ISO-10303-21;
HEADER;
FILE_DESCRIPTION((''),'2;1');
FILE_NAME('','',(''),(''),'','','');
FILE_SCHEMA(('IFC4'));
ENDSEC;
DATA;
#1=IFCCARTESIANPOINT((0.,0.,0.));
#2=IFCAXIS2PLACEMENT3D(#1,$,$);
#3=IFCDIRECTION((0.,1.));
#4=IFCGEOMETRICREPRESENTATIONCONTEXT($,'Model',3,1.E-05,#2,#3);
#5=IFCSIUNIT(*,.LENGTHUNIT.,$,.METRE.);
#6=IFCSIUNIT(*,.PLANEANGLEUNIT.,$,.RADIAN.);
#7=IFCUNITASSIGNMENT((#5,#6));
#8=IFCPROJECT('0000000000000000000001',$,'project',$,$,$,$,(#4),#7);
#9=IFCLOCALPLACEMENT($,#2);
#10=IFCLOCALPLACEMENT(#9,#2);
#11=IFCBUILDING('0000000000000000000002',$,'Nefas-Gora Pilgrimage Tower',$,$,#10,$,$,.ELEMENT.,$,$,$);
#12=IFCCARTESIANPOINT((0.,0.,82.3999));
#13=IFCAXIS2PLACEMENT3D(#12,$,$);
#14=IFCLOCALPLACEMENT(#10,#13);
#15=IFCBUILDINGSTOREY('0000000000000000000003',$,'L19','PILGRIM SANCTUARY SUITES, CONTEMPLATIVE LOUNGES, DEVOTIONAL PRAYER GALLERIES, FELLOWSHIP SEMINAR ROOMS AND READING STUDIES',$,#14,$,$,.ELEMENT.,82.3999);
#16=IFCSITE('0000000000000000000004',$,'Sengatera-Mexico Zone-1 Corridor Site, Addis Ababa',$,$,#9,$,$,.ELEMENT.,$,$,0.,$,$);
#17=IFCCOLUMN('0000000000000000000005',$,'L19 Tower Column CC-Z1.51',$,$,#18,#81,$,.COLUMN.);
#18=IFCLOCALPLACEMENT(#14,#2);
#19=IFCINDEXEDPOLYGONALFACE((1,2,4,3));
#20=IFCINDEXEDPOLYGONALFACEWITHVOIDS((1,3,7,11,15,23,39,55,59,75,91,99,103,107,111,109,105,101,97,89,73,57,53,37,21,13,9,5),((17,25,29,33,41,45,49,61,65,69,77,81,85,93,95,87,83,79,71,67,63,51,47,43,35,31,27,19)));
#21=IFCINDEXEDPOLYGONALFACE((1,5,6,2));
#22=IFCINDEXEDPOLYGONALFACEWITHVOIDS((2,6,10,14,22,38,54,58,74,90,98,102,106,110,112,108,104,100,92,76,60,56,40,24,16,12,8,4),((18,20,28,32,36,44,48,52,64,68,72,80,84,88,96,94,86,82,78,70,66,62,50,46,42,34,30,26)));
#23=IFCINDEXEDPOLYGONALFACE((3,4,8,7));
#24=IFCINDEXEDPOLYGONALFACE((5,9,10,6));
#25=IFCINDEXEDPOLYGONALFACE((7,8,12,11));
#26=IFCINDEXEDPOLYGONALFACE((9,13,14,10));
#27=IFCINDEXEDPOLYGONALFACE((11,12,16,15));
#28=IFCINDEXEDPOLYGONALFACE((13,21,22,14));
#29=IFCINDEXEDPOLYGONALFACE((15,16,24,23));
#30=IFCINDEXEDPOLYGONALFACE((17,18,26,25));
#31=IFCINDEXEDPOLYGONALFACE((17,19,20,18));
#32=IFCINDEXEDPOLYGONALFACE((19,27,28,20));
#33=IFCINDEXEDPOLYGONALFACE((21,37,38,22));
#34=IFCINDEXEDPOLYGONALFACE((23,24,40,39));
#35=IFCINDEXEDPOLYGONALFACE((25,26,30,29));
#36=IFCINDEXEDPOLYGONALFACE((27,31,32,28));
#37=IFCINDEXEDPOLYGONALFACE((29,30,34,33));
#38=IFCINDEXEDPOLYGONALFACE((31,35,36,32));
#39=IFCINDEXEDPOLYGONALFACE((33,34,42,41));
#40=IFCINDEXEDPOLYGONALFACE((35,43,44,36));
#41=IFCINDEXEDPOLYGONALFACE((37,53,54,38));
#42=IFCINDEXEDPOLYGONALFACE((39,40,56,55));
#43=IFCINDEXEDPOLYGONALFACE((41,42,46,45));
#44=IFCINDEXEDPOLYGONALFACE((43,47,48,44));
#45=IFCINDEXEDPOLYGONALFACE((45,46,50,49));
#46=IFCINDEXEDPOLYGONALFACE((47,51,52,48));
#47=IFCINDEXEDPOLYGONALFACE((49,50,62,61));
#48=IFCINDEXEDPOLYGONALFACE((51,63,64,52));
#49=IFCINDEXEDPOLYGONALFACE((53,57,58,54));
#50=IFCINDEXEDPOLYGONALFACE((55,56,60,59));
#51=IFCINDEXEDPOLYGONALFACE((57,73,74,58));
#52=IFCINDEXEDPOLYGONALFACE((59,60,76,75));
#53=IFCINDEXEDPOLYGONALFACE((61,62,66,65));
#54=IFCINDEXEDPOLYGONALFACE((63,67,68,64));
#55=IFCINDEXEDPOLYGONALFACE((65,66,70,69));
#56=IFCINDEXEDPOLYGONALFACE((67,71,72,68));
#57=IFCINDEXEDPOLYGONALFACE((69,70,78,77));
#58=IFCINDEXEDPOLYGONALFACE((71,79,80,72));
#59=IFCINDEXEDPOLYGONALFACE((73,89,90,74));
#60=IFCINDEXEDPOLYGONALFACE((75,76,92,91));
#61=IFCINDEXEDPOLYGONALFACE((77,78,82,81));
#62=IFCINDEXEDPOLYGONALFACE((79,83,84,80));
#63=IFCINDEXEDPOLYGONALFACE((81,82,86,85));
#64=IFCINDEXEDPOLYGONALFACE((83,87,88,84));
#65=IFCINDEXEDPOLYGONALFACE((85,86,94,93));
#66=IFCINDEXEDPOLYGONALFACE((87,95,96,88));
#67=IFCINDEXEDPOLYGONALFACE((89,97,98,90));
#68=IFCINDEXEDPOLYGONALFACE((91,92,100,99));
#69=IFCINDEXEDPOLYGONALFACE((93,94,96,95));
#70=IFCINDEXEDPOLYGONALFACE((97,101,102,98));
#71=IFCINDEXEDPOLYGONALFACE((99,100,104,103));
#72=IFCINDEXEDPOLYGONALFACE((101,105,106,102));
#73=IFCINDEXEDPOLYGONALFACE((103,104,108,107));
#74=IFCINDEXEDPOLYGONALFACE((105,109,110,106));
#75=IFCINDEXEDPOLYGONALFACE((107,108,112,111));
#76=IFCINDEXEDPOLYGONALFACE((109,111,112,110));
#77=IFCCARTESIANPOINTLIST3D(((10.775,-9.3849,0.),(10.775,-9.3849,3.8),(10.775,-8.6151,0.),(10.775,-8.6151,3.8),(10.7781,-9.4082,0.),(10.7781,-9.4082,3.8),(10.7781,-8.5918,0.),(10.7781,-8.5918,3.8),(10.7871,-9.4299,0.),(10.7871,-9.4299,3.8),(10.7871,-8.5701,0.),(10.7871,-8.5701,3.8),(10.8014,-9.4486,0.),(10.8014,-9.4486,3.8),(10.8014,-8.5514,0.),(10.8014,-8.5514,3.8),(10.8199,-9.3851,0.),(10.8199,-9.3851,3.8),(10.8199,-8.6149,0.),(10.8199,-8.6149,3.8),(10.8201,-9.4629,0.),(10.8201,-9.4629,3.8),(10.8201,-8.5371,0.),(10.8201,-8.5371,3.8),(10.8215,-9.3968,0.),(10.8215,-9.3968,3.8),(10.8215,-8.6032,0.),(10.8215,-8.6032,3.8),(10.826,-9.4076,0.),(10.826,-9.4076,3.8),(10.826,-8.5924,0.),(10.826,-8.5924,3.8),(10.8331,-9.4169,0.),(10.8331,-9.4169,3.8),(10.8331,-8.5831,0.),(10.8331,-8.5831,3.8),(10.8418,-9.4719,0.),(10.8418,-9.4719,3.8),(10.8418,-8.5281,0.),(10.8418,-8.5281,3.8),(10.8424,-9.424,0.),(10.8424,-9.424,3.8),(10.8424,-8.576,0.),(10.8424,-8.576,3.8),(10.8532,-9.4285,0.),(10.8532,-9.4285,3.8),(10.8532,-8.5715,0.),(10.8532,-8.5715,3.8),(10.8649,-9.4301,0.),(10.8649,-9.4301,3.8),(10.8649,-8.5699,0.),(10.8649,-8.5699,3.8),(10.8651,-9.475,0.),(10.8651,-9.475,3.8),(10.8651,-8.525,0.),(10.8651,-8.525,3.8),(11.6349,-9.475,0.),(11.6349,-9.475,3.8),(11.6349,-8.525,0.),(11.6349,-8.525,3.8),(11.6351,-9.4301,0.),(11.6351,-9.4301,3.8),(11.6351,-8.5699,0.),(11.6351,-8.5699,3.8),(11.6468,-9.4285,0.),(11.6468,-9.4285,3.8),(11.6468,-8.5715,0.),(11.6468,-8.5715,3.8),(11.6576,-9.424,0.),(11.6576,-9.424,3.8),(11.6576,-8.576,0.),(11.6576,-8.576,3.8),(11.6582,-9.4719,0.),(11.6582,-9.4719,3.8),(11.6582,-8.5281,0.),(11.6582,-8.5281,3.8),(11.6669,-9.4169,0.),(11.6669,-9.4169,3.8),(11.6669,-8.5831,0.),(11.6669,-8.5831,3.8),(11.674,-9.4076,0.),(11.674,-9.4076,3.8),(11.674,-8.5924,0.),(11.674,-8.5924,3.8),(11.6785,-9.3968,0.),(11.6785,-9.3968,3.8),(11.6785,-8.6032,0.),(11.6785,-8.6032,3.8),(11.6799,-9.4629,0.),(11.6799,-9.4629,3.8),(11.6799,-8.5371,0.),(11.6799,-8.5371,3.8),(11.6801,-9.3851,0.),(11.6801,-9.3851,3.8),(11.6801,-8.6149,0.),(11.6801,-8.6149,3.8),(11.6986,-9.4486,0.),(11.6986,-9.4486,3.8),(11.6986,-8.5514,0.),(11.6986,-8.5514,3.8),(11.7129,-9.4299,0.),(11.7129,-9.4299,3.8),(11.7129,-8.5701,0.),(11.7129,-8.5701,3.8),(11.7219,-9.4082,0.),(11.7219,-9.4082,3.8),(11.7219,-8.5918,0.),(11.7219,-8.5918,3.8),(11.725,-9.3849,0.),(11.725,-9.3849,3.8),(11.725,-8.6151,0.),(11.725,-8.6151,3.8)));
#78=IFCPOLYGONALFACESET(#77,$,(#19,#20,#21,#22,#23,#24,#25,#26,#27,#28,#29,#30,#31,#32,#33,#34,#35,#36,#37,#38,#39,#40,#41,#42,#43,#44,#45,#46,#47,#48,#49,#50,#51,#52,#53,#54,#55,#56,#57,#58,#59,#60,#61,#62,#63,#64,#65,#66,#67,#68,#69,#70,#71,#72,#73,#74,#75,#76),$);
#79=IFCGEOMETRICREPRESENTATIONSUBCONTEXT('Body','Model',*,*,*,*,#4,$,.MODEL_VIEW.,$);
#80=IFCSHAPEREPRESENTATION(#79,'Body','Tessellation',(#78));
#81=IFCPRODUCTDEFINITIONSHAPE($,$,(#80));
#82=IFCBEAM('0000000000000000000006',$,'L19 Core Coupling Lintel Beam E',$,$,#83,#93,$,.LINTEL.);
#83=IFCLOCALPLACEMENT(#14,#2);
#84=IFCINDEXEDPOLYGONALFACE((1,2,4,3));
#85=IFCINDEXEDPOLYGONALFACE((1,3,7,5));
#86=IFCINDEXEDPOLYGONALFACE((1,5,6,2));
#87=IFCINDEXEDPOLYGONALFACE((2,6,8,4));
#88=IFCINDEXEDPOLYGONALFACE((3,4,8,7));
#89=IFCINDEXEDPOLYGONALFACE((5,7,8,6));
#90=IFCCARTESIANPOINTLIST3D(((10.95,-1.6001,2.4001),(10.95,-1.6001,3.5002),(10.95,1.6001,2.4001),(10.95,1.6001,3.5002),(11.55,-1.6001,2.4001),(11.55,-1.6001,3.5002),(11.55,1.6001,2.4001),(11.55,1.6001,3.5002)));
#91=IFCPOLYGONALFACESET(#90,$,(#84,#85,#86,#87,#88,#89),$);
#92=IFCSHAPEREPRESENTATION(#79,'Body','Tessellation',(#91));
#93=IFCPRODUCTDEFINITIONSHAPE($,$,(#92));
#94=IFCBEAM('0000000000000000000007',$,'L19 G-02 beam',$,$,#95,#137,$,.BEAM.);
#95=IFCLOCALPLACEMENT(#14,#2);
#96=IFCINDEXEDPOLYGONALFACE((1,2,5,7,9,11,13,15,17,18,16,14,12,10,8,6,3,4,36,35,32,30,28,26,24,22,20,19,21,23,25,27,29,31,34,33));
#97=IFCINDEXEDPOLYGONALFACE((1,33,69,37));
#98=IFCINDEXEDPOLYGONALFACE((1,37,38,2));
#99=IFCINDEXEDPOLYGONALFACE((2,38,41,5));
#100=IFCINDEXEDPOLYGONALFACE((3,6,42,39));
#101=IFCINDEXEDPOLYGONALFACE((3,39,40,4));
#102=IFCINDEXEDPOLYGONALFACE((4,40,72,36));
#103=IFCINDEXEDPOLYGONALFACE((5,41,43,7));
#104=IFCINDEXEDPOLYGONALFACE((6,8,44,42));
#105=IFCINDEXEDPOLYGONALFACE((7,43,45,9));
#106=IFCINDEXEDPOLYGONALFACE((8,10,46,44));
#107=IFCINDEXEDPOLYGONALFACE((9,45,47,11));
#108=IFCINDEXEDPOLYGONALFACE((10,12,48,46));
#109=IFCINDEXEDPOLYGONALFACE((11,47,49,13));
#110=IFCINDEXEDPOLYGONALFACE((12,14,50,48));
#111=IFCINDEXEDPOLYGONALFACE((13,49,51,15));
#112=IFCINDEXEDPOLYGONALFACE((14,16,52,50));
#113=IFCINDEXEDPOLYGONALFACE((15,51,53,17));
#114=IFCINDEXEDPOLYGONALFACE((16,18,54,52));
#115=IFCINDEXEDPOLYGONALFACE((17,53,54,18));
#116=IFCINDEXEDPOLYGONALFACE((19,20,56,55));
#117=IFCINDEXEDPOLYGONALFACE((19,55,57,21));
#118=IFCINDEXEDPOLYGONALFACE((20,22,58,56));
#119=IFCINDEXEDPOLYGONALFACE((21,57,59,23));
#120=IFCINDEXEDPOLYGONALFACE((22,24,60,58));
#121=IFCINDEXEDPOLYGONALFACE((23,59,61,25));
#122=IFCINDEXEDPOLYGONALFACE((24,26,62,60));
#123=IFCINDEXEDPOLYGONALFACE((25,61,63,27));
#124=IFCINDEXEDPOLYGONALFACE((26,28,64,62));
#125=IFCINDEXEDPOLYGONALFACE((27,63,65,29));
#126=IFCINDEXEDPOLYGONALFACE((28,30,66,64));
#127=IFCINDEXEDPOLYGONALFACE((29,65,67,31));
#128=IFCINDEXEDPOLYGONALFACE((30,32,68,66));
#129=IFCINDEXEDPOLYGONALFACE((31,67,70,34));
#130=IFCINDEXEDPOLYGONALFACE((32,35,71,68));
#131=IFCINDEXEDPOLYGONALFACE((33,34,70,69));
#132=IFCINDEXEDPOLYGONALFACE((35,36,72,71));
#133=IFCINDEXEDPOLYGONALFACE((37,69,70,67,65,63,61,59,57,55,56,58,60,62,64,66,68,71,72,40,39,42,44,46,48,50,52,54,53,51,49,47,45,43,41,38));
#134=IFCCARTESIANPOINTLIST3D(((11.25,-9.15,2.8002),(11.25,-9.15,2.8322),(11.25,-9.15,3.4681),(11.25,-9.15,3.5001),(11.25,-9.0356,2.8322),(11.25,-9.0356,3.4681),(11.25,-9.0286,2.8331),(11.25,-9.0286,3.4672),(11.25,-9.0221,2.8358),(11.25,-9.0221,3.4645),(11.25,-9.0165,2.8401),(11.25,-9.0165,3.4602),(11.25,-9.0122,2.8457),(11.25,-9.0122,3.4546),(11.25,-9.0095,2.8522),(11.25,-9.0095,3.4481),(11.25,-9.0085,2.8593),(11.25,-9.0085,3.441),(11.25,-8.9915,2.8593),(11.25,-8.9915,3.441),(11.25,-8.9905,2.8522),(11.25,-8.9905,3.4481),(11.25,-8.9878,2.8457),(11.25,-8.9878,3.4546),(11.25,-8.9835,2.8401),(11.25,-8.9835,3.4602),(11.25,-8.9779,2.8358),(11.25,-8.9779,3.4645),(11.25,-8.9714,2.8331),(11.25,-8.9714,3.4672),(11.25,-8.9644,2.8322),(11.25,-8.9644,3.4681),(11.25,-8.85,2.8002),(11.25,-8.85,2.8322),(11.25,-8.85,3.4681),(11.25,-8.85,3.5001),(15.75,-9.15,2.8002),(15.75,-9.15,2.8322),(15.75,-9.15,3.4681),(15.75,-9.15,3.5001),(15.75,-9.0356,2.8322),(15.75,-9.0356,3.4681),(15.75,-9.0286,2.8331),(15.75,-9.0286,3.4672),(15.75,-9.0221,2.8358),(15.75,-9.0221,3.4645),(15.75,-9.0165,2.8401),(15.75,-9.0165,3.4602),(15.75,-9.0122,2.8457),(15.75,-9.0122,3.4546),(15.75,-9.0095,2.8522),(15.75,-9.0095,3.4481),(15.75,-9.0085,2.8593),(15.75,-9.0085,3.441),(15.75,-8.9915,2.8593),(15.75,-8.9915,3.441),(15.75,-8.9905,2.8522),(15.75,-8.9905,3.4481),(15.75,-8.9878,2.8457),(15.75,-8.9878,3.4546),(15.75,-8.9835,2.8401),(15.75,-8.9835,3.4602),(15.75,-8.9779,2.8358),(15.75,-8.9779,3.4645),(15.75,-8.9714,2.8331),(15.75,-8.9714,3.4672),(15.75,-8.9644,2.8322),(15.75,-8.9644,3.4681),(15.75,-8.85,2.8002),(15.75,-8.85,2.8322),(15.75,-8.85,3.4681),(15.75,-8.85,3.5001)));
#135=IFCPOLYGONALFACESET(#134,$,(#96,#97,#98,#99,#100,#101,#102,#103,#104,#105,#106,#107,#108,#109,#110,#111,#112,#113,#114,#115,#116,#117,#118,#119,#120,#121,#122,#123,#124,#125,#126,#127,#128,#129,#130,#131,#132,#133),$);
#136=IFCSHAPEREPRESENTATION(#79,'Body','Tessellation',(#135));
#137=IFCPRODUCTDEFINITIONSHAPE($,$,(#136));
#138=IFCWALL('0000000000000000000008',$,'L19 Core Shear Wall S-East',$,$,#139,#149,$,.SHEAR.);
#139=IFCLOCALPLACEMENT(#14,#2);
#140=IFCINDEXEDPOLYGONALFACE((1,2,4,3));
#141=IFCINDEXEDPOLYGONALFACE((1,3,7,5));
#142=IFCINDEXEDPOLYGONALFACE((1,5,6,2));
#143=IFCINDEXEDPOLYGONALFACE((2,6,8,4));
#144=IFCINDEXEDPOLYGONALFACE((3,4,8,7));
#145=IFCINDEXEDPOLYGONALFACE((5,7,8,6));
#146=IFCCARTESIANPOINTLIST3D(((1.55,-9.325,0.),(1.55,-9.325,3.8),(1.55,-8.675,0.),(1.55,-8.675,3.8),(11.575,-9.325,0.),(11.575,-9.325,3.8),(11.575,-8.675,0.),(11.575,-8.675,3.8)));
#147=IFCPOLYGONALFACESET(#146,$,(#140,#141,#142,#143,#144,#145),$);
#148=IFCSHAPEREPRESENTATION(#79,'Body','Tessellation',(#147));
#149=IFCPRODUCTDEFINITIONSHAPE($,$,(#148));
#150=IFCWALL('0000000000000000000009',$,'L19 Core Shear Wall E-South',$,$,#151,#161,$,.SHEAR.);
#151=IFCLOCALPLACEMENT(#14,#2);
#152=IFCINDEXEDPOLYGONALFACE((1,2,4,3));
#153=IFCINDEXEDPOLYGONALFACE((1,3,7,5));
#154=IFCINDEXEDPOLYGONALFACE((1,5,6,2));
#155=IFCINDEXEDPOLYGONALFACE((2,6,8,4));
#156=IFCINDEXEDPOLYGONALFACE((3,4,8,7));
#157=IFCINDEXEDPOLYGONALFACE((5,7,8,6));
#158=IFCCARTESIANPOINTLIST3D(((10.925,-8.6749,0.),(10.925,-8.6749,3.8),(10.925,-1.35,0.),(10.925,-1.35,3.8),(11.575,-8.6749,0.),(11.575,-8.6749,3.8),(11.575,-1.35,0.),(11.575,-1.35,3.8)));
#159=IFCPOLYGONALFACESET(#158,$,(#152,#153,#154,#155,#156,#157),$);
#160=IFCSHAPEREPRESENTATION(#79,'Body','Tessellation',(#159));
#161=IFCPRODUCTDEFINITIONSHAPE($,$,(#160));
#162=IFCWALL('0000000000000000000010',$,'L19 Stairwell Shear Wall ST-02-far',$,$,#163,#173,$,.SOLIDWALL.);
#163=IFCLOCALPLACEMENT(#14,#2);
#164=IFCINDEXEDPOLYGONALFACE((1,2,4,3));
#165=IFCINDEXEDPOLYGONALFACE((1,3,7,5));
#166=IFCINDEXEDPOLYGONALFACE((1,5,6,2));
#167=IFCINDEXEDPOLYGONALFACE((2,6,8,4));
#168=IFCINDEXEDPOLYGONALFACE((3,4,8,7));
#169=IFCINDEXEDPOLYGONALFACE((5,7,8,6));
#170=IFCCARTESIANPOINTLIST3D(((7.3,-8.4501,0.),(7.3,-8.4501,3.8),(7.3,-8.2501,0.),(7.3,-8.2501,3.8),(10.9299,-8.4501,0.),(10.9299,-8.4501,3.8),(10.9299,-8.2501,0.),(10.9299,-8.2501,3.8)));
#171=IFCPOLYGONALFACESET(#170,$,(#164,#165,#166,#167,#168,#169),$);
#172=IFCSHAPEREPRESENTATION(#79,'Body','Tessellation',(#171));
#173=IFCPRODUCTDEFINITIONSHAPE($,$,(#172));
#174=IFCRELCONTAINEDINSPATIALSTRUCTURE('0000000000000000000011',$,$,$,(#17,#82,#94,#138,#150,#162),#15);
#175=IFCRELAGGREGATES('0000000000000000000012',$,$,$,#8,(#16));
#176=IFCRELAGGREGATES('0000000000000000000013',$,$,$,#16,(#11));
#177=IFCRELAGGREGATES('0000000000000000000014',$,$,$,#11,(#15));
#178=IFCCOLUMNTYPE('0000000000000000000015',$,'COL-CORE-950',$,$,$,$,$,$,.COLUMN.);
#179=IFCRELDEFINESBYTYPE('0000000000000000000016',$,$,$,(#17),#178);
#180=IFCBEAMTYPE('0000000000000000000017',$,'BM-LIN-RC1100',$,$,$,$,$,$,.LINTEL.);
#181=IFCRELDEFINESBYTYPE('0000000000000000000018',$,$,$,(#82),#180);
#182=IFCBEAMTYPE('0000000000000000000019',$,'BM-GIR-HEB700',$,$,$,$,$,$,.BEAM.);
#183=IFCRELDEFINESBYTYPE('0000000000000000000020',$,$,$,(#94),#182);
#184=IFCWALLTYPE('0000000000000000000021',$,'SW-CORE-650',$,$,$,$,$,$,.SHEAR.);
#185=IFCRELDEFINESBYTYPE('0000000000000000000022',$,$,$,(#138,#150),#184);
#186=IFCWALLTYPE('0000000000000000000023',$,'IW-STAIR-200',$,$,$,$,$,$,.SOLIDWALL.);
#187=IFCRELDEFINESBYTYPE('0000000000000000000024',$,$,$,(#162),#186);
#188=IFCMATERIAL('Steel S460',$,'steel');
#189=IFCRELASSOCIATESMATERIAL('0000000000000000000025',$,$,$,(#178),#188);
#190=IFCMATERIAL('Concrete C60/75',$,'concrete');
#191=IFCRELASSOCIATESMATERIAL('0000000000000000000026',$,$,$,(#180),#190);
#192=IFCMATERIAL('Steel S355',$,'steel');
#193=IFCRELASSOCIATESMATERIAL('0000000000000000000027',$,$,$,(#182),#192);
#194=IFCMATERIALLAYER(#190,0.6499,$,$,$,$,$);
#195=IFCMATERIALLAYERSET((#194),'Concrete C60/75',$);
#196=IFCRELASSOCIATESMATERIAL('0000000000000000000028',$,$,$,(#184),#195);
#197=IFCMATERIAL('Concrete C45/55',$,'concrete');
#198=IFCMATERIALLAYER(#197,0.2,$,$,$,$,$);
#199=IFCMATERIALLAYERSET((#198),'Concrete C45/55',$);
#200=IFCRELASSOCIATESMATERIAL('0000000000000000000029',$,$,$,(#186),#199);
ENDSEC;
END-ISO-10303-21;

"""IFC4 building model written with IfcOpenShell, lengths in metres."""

from ifc_helpers import new_model, si_unit, direction, frame, frame_2d, origin, origin_2d, place, context, subcontext, project, spatial, rectangle, hollow_rectangle, i_section, extrude, source, transform, mapped, material, layer, layer_set, material_profile, profile_set, type_object, element, save


model = new_model("IFC4")

# Units and contexts
model_context = context("Model", 3, precision=1e-05, world=origin(), true_north=direction((0.0, 1.0)))
body_context = subcontext(model_context, "Body", "Model", "MODEL_VIEW")
ifc_project = project(units=[si_unit("LENGTHUNIT", "METRE"), si_unit("PLANEANGLEUNIT", "RADIAN")], contexts=[model_context])

# Site, building, storey
site_placement = place(None, origin())
site = spatial("IfcSite", under=ifc_project, at=site_placement, Name="Sengatera-Mexico Zone-1 Corridor Site, Addis Ababa", CompositionType="ELEMENT", RefElevation=0.0)
building_placement = place(site_placement, origin())
building = spatial("IfcBuilding", under=site, at=building_placement, Name="Nefas-Gora Pilgrimage Tower", CompositionType="ELEMENT")
storey_placement = place(building_placement, frame((0.0, 0.0, 82.3999)))
storey = spatial("IfcBuildingStorey", under=building, at=storey_placement, Name="L19", Description="PILGRIM SANCTUARY SUITES, CONTEMPLATIVE LOUNGES, DEVOTIONAL PRAYER GALLERIES, FELLOWSHIP SEMINAR ROOMS AND READING STUDIES", CompositionType="ELEMENT", Elevation=82.3999)

# Column
ifc_material_1 = material(Name="Steel S460", Category="steel")
ifc_material_profile_1 = material_profile(ifc_material_1, hollow_rectangle(XDim=0.95, YDim=0.95, WallThickness=0.0449, InnerFilletRadius=0.0449, OuterFilletRadius=0.0901, at=origin_2d()), Name="BOX 950x950x45")
ifc_profile_set_1 = profile_set([ifc_material_profile_1], Name="Steel S460")
column_type = type_object("IfcColumnType", Name="COL-CORE-950", PredefinedType="COLUMN", material=ifc_profile_set_1)
shared_shape_1 = source(origin(), body_context, "Body", "SweptSolid", [
    extrude(hollow_rectangle(XDim=0.95, YDim=0.95, WallThickness=0.0449, InnerFilletRadius=0.0449, OuterFilletRadius=0.0901, at=origin_2d()), origin(), (0.0, 0.0, 1.0), 3.8),
])
column_placement = place(storey_placement, frame((11.25, -9.0, 0.0), z_axis=(0.0, 0.0, 1.0), x_axis=(1.0, 0.0, 0.0)))
element("IfcColumn", 1, at=column_placement, inside=storey, type_object=column_type, Name="L19 Tower Column CC-Z1.51", PredefinedType="COLUMN", context=body_context, shape_type="MappedRepresentation", body=[
    mapped(shared_shape_1, transform((0.0, 0.0, 0.0), x_axis=(1.0, 0.0, 0.0), y_axis=(0.0, 1.0, 0.0), z_axis=(0.0, 0.0, 1.0), scale=1.0)),
])

# Beams
ifc_material_2 = material(Name="Concrete C60/75", Category="concrete")
ifc_material_profile_2 = material_profile(ifc_material_2, rectangle(XDim=0.6001, YDim=1.1001, at=origin_2d()), Name="RC 600x1100")
ifc_profile_set_2 = profile_set([ifc_material_profile_2], Name="Concrete C60/75")
beam_type_1 = type_object("IfcBeamType", Name="BM-LIN-RC1100", PredefinedType="LINTEL", material=ifc_profile_set_2)
shared_shape_2 = source(origin(), body_context, "Body", "SweptSolid", [
    extrude(rectangle(XDim=0.6001, YDim=1.1001, at=origin_2d()), origin(), (0.0, 0.0, 1.0), 3.2002),
])
beam_1_placement = place(storey_placement, frame((11.25, -1.6001, 2.9502), z_axis=(0.0, 1.0, 0.0), x_axis=(-1.0, 0.0, 0.0)))
element("IfcBeam", 2, at=beam_1_placement, inside=storey, type_object=beam_type_1, Name="L19 Core Coupling Lintel Beam E", PredefinedType="LINTEL", context=body_context, shape_type="MappedRepresentation", body=[
    mapped(shared_shape_2, transform((0.0, 0.0, 0.0), x_axis=(1.0, 0.0, 0.0), y_axis=(0.0, 1.0, 0.0), z_axis=(0.0, 0.0, 1.0), scale=1.0)),
])
ifc_material_3 = material(Name="Steel S355", Category="steel")
ifc_material_profile_3 = material_profile(ifc_material_3, i_section(OverallWidth=0.3, OverallDepth=0.7, WebThickness=0.0171, FlangeThickness=0.032, FilletRadius=0.0271, at=origin_2d()), Name="HEB 700")
ifc_profile_set_3 = profile_set([ifc_material_profile_3], Name="Steel S355")
beam_type_2 = type_object("IfcBeamType", Name="BM-GIR-HEB700", PredefinedType="BEAM", material=ifc_profile_set_3)
shared_shape_3 = source(origin(), body_context, "Body", "SweptSolid", [
    extrude(i_section(OverallWidth=0.3, OverallDepth=0.7, WebThickness=0.0171, FlangeThickness=0.032, FilletRadius=0.0271, at=origin_2d()), origin(), (0.0, 0.0, 1.0), 4.5),
])
beam_2_placement = place(storey_placement, frame((11.25, -9.0, 3.1501), z_axis=(1.0, 0.0, 0.0), x_axis=(0.0, 1.0, 0.0)))
element("IfcBeam", 3, at=beam_2_placement, inside=storey, type_object=beam_type_2, Name="L19 G-02 beam", PredefinedType="BEAM", context=body_context, shape_type="MappedRepresentation", body=[
    mapped(shared_shape_3, transform((0.0, 0.0, 0.0), x_axis=(1.0, 0.0, 0.0), y_axis=(0.0, 1.0, 0.0), z_axis=(0.0, 0.0, 1.0), scale=1.0)),
])

# Walls
ifc_layer_1 = layer(ifc_material_2, 0.6499)
ifc_layer_set_1 = layer_set([ifc_layer_1], Name="Concrete C60/75")
wall_type_1 = type_object("IfcWallType", Name="SW-CORE-650", PredefinedType="SHEAR", material=ifc_layer_set_1)
shared_shape_4 = source(origin(), body_context, "Body", "SweptSolid", [
    extrude(rectangle(XDim=10.0249, YDim=0.6499, at=frame_2d((5.0125, 0.0))), origin(), (0.0, 0.0, 1.0), 3.8),
])
wall_1_placement = place(storey_placement, frame((1.55, -9.0, 0.0), z_axis=(0.0, 0.0, 1.0), x_axis=(1.0, 0.0, 0.0)))
element("IfcWall", 4, at=wall_1_placement, inside=storey, type_object=wall_type_1, Name="L19 Core Shear Wall S-East", PredefinedType="SHEAR", context=body_context, shape_type="MappedRepresentation", body=[
    mapped(shared_shape_4, transform((0.0, 0.0, 0.0), x_axis=(1.0, 0.0, 0.0), y_axis=(0.0, 1.0, 0.0), z_axis=(0.0, 0.0, 1.0), scale=1.0)),
])
shared_shape_5 = source(origin(), body_context, "Body", "SweptSolid", [
    extrude(rectangle(XDim=7.325, YDim=0.6499, at=frame_2d((3.6626, 0.0))), origin(), (0.0, 0.0, 1.0), 3.8),
])
wall_2_placement = place(storey_placement, frame((11.25, -8.675, 0.0), z_axis=(0.0, 0.0, 1.0), x_axis=(0.0, 1.0, 0.0)))
element("IfcWall", 5, at=wall_2_placement, inside=storey, type_object=wall_type_1, Name="L19 Core Shear Wall E-South", PredefinedType="SHEAR", context=body_context, shape_type="MappedRepresentation", body=[
    mapped(shared_shape_5, transform((0.0, 0.0, 0.0), x_axis=(1.0, 0.0, 0.0), y_axis=(0.0, 1.0, 0.0), z_axis=(0.0, 0.0, 1.0), scale=1.0)),
])
ifc_material_4 = material(Name="Concrete C45/55", Category="concrete")
ifc_layer_2 = layer(ifc_material_4, 0.2)
ifc_layer_set_2 = layer_set([ifc_layer_2], Name="Concrete C45/55")
wall_type_2 = type_object("IfcWallType", Name="IW-STAIR-200", PredefinedType="SOLIDWALL", material=ifc_layer_set_2)
shared_shape_6 = source(origin(), body_context, "Body", "SweptSolid", [
    extrude(rectangle(XDim=3.6299, YDim=0.2, at=frame_2d((1.8149, 0.0))), origin(), (0.0, 0.0, 1.0), 3.8),
])
wall_3_placement = place(storey_placement, frame((7.3, -8.3501, 0.0), z_axis=(0.0, 0.0, 1.0), x_axis=(1.0, 0.0, 0.0)))
element("IfcWall", 6, at=wall_3_placement, inside=storey, type_object=wall_type_2, Name="L19 Stairwell Shear Wall ST-02-far", PredefinedType="SOLIDWALL", context=body_context, shape_type="MappedRepresentation", body=[
    mapped(shared_shape_6, transform((0.0, 0.0, 0.0), x_axis=(1.0, 0.0, 0.0), y_axis=(0.0, 1.0, 0.0), z_axis=(0.0, 0.0, 1.0), scale=1.0)),
])

save(model, "model.ifc")
